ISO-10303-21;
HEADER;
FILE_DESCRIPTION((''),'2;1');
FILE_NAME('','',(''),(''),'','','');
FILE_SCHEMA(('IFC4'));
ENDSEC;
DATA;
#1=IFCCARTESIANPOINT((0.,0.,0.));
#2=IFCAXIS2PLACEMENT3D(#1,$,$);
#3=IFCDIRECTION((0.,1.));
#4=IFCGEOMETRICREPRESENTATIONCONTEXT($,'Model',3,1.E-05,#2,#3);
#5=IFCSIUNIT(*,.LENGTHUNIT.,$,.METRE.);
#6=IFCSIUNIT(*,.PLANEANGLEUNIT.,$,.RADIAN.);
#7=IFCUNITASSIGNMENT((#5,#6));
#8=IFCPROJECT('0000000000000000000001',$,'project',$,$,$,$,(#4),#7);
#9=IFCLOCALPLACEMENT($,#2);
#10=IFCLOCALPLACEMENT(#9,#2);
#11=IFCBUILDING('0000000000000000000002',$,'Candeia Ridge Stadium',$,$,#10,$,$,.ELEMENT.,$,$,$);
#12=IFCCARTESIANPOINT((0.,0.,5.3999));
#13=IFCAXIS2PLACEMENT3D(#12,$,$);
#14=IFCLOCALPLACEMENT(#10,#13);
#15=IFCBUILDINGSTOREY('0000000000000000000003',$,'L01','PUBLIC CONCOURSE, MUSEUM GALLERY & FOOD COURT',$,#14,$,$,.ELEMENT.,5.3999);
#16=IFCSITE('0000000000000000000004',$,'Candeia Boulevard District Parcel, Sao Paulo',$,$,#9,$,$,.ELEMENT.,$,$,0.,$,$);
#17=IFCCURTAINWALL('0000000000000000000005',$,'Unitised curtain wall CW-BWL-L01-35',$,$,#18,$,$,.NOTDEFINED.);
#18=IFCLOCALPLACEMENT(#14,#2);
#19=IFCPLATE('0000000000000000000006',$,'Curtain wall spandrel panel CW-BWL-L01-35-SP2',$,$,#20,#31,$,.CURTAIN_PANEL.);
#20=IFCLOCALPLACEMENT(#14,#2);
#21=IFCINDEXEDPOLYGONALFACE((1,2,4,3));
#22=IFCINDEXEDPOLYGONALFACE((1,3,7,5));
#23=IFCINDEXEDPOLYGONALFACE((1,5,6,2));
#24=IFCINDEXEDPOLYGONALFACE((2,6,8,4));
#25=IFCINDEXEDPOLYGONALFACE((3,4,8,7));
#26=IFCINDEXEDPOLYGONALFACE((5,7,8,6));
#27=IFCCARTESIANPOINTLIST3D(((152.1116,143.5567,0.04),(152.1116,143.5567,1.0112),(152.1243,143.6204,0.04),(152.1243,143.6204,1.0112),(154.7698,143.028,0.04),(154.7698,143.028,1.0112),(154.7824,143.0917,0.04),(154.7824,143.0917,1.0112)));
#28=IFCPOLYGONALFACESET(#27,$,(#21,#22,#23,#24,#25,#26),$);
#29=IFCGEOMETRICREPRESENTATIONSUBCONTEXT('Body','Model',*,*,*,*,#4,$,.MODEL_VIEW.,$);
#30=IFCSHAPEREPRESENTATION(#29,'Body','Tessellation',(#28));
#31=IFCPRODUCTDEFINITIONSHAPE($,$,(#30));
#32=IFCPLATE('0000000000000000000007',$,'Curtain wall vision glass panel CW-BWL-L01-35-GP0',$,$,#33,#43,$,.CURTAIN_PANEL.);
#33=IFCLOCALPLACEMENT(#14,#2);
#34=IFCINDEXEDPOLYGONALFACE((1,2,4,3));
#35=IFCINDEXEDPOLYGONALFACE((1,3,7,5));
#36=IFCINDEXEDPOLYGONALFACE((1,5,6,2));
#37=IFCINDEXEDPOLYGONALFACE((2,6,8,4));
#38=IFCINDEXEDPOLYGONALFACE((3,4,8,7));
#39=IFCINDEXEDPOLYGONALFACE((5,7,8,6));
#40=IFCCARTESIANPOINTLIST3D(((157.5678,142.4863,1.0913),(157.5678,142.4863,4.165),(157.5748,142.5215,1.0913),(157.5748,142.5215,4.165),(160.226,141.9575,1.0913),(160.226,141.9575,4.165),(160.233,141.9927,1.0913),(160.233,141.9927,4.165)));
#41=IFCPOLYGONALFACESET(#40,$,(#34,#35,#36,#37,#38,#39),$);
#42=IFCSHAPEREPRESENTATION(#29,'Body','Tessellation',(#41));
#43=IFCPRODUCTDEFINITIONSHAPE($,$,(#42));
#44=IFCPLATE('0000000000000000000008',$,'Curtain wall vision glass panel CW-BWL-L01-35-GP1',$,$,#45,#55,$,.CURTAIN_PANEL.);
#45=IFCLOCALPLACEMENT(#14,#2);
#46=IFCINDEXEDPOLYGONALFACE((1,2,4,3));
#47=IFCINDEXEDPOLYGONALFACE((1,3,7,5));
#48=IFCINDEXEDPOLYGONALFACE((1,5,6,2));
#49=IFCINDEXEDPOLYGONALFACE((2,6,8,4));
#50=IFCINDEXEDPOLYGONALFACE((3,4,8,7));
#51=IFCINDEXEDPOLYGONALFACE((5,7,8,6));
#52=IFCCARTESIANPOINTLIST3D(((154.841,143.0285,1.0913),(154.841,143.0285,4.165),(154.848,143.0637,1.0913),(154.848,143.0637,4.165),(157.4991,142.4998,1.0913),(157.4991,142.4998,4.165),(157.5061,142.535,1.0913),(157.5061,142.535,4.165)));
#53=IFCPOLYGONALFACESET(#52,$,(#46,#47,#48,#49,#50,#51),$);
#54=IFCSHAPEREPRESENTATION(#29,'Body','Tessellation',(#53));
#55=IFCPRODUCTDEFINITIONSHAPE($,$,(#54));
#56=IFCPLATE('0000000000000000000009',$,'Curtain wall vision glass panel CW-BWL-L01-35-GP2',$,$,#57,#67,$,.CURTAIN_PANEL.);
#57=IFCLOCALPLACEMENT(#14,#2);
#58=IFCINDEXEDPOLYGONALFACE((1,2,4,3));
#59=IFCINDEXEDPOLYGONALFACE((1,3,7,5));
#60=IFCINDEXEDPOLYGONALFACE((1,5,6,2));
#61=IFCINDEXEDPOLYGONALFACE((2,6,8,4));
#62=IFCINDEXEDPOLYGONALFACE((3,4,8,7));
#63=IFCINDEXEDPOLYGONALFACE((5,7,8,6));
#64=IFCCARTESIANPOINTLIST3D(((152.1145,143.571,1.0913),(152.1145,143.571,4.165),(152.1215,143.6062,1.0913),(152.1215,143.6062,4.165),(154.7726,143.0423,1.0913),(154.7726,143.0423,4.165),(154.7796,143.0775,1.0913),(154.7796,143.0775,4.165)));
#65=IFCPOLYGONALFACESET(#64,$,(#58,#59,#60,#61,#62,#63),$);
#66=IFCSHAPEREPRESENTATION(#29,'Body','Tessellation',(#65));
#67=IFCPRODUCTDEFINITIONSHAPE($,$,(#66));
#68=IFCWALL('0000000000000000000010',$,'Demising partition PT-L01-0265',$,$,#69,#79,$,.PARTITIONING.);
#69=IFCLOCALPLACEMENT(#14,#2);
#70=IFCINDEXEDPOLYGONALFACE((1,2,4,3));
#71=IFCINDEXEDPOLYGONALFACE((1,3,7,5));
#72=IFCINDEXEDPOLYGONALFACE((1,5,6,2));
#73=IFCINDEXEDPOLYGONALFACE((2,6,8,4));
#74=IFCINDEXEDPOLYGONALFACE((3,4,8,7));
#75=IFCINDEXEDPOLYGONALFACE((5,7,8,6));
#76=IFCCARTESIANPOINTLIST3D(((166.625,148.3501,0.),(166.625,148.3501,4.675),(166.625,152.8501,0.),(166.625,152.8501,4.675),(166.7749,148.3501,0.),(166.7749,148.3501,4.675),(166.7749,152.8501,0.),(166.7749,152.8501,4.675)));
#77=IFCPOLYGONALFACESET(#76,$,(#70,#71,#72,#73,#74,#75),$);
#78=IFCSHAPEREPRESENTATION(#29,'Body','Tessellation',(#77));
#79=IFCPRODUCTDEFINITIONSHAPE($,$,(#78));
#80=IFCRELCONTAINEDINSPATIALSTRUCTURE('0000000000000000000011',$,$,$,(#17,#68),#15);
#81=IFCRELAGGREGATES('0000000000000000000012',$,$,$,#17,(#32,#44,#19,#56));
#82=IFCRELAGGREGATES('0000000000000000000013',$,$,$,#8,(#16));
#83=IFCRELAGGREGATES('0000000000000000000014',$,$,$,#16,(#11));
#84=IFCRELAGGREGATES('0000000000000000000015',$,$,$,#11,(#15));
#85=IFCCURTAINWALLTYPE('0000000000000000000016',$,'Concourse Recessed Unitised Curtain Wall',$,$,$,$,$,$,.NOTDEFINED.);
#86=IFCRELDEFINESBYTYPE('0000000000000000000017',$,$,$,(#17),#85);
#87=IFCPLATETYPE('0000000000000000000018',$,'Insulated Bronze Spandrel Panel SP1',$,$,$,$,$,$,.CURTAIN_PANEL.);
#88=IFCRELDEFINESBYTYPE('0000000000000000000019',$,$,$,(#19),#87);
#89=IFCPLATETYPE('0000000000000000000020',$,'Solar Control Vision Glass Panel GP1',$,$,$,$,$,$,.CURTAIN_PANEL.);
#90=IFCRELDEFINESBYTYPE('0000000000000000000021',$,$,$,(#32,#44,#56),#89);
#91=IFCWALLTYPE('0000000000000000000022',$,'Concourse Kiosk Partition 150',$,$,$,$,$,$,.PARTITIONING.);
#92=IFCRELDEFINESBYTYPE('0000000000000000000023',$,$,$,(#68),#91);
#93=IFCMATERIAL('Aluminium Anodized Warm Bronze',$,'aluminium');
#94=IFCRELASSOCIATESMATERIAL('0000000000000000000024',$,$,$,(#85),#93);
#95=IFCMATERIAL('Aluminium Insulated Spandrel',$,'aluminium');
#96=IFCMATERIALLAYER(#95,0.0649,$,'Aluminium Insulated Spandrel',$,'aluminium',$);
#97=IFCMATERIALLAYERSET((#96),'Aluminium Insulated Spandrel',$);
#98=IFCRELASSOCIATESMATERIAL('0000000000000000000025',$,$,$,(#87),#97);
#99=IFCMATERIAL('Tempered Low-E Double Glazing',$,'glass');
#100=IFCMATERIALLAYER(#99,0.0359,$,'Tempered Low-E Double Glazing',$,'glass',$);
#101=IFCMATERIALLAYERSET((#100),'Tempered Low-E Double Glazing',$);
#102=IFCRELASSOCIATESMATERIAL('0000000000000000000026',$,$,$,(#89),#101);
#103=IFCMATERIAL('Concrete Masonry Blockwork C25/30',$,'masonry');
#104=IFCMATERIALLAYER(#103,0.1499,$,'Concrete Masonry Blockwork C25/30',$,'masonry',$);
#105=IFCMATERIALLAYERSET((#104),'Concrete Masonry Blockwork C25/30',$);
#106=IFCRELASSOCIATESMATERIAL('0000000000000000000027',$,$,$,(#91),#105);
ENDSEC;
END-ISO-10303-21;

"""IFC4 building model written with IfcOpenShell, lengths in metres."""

from ifc_helpers import new_model, si_unit, direction, frame, frame_2d, origin, origin_2d, place, context, subcontext, project, spatial, rectangle, extrude, material, layer, layer_set, type_object, element, aggregate, save


model = new_model("IFC4")

# Units and contexts
model_context = context("Model", 3, precision=1e-05, world=origin(), true_north=direction((0.0, 1.0)))
body_context = subcontext(model_context, "Body", "Model", "MODEL_VIEW")
ifc_project = project(units=[si_unit("LENGTHUNIT", "METRE"), si_unit("PLANEANGLEUNIT", "RADIAN")], contexts=[model_context])

# Site, building, storey
site_placement = place(None, origin())
site = spatial("IfcSite", under=ifc_project, at=site_placement, Name="Candeia Boulevard District Parcel, Sao Paulo", CompositionType="ELEMENT", RefElevation=0.0)
building_placement = place(site_placement, origin())
building = spatial("IfcBuilding", under=site, at=building_placement, Name="Candeia Ridge Stadium", CompositionType="ELEMENT")
storey_placement = place(building_placement, frame((0.0, 0.0, 5.3999)))
storey = spatial("IfcBuildingStorey", under=building, at=storey_placement, Name="L01", Description="PUBLIC CONCOURSE, MUSEUM GALLERY & FOOD COURT", CompositionType="ELEMENT", Elevation=5.3999)

# Curtain wall
ifc_material_1 = material(Name="Aluminium Anodized Warm Bronze", Category="aluminium")
curtain_wall_type = type_object("IfcCurtainWallType", Name="Concourse Recessed Unitised Curtain Wall", PredefinedType="NOTDEFINED", material=ifc_material_1)
curtain_wall_placement = place(storey_placement, origin())
curtain_wall = element("IfcCurtainWall", 1, at=curtain_wall_placement, inside=storey, type_object=curtain_wall_type, Name="Unitised curtain wall CW-BWL-L01-35", PredefinedType="NOTDEFINED")

# Plates
ifc_material_2 = material(Name="Aluminium Insulated Spandrel", Category="aluminium")
ifc_layer_1 = layer(ifc_material_2, 0.0649, Name="Aluminium Insulated Spandrel", Category="aluminium")
ifc_layer_set_1 = layer_set([ifc_layer_1], Name="Aluminium Insulated Spandrel")
plate_type_1 = type_object("IfcPlateType", Name="Insulated Bronze Spandrel Panel SP1", PredefinedType="CURTAIN_PANEL", material=ifc_layer_set_1)
plate_1_placement = place(storey_placement, frame((153.447, 143.3242, 0.04), z_axis=(0.0, 0.0, 1.0), x_axis=(-0.980785, 0.19509, 0.0)))
plate_1 = element("IfcPlate", 2, at=plate_1_placement, type_object=plate_type_1, Name="Curtain wall spandrel panel CW-BWL-L01-35-SP2", PredefinedType="CURTAIN_PANEL", context=body_context, shape_type="SweptSolid", body=[
    extrude(rectangle(XDim=2.7102, YDim=0.0649, at=origin_2d()), origin(), (0.0, 0.0, 1.0), 0.9712),
])
ifc_material_3 = material(Name="Tempered Low-E Double Glazing", Category="glass")
ifc_layer_2 = layer(ifc_material_3, 0.0359, Name="Tempered Low-E Double Glazing", Category="glass")
ifc_layer_set_2 = layer_set([ifc_layer_2], Name="Tempered Low-E Double Glazing")
plate_type_2 = type_object("IfcPlateType", Name="Solar Control Vision Glass Panel GP1", PredefinedType="CURTAIN_PANEL", material=ifc_layer_set_2)
plate_2_placement = place(storey_placement, frame((158.9004, 142.2395, 1.0913), z_axis=(0.0, 0.0, 1.0), x_axis=(-0.980785, 0.19509, 0.0)))
plate_2 = element("IfcPlate", 3, at=plate_2_placement, type_object=plate_type_2, Name="Curtain wall vision glass panel CW-BWL-L01-35-GP0", PredefinedType="CURTAIN_PANEL", context=body_context, shape_type="SweptSolid", body=[
    extrude(rectangle(XDim=2.7102, YDim=0.0359, at=origin_2d()), origin(), (0.0, 0.0, 1.0), 3.0737),
])
plate_3_placement = place(storey_placement, frame((156.1736, 142.7817, 1.0913), z_axis=(0.0, 0.0, 1.0), x_axis=(-0.980785, 0.19509, 0.0)))
plate_3 = element("IfcPlate", 4, at=plate_3_placement, type_object=plate_type_2, Name="Curtain wall vision glass panel CW-BWL-L01-35-GP1", PredefinedType="CURTAIN_PANEL", context=body_context, shape_type="SweptSolid", body=[
    extrude(rectangle(XDim=2.7102, YDim=0.0359, at=origin_2d()), origin(), (0.0, 0.0, 1.0), 3.0737),
])
plate_4_placement = place(storey_placement, frame((153.447, 143.3242, 1.0913), z_axis=(0.0, 0.0, 1.0), x_axis=(-0.980785, 0.19509, 0.0)))
plate_4 = element("IfcPlate", 5, at=plate_4_placement, type_object=plate_type_2, Name="Curtain wall vision glass panel CW-BWL-L01-35-GP2", PredefinedType="CURTAIN_PANEL", context=body_context, shape_type="SweptSolid", body=[
    extrude(rectangle(XDim=2.7102, YDim=0.0359, at=origin_2d()), origin(), (0.0, 0.0, 1.0), 3.0737),
])
aggregate(curtain_wall, [plate_2, plate_3, plate_1, plate_4])

# Wall
ifc_material_4 = material(Name="Concrete Masonry Blockwork C25/30", Category="masonry")
ifc_layer_3 = layer(ifc_material_4, 0.1499, Name="Concrete Masonry Blockwork C25/30", Category="masonry")
ifc_layer_set_3 = layer_set([ifc_layer_3], Name="Concrete Masonry Blockwork C25/30")
wall_type = type_object("IfcWallType", Name="Concourse Kiosk Partition 150", PredefinedType="PARTITIONING", material=ifc_layer_set_3)
wall_placement = place(storey_placement, frame((166.7, 148.3501, 0.0), z_axis=(0.0, 0.0, 1.0), x_axis=(0.0, 1.0, 0.0)))
element("IfcWall", 6, at=wall_placement, inside=storey, type_object=wall_type, Name="Demising partition PT-L01-0265", PredefinedType="PARTITIONING", context=body_context, shape_type="SweptSolid", body=[
    extrude(rectangle(XDim=4.5, YDim=0.1499, at=frame_2d((2.25, 0.0))), origin(), (0.0, 0.0, 1.0), 4.675),
])

save(model, "model.ifc")
